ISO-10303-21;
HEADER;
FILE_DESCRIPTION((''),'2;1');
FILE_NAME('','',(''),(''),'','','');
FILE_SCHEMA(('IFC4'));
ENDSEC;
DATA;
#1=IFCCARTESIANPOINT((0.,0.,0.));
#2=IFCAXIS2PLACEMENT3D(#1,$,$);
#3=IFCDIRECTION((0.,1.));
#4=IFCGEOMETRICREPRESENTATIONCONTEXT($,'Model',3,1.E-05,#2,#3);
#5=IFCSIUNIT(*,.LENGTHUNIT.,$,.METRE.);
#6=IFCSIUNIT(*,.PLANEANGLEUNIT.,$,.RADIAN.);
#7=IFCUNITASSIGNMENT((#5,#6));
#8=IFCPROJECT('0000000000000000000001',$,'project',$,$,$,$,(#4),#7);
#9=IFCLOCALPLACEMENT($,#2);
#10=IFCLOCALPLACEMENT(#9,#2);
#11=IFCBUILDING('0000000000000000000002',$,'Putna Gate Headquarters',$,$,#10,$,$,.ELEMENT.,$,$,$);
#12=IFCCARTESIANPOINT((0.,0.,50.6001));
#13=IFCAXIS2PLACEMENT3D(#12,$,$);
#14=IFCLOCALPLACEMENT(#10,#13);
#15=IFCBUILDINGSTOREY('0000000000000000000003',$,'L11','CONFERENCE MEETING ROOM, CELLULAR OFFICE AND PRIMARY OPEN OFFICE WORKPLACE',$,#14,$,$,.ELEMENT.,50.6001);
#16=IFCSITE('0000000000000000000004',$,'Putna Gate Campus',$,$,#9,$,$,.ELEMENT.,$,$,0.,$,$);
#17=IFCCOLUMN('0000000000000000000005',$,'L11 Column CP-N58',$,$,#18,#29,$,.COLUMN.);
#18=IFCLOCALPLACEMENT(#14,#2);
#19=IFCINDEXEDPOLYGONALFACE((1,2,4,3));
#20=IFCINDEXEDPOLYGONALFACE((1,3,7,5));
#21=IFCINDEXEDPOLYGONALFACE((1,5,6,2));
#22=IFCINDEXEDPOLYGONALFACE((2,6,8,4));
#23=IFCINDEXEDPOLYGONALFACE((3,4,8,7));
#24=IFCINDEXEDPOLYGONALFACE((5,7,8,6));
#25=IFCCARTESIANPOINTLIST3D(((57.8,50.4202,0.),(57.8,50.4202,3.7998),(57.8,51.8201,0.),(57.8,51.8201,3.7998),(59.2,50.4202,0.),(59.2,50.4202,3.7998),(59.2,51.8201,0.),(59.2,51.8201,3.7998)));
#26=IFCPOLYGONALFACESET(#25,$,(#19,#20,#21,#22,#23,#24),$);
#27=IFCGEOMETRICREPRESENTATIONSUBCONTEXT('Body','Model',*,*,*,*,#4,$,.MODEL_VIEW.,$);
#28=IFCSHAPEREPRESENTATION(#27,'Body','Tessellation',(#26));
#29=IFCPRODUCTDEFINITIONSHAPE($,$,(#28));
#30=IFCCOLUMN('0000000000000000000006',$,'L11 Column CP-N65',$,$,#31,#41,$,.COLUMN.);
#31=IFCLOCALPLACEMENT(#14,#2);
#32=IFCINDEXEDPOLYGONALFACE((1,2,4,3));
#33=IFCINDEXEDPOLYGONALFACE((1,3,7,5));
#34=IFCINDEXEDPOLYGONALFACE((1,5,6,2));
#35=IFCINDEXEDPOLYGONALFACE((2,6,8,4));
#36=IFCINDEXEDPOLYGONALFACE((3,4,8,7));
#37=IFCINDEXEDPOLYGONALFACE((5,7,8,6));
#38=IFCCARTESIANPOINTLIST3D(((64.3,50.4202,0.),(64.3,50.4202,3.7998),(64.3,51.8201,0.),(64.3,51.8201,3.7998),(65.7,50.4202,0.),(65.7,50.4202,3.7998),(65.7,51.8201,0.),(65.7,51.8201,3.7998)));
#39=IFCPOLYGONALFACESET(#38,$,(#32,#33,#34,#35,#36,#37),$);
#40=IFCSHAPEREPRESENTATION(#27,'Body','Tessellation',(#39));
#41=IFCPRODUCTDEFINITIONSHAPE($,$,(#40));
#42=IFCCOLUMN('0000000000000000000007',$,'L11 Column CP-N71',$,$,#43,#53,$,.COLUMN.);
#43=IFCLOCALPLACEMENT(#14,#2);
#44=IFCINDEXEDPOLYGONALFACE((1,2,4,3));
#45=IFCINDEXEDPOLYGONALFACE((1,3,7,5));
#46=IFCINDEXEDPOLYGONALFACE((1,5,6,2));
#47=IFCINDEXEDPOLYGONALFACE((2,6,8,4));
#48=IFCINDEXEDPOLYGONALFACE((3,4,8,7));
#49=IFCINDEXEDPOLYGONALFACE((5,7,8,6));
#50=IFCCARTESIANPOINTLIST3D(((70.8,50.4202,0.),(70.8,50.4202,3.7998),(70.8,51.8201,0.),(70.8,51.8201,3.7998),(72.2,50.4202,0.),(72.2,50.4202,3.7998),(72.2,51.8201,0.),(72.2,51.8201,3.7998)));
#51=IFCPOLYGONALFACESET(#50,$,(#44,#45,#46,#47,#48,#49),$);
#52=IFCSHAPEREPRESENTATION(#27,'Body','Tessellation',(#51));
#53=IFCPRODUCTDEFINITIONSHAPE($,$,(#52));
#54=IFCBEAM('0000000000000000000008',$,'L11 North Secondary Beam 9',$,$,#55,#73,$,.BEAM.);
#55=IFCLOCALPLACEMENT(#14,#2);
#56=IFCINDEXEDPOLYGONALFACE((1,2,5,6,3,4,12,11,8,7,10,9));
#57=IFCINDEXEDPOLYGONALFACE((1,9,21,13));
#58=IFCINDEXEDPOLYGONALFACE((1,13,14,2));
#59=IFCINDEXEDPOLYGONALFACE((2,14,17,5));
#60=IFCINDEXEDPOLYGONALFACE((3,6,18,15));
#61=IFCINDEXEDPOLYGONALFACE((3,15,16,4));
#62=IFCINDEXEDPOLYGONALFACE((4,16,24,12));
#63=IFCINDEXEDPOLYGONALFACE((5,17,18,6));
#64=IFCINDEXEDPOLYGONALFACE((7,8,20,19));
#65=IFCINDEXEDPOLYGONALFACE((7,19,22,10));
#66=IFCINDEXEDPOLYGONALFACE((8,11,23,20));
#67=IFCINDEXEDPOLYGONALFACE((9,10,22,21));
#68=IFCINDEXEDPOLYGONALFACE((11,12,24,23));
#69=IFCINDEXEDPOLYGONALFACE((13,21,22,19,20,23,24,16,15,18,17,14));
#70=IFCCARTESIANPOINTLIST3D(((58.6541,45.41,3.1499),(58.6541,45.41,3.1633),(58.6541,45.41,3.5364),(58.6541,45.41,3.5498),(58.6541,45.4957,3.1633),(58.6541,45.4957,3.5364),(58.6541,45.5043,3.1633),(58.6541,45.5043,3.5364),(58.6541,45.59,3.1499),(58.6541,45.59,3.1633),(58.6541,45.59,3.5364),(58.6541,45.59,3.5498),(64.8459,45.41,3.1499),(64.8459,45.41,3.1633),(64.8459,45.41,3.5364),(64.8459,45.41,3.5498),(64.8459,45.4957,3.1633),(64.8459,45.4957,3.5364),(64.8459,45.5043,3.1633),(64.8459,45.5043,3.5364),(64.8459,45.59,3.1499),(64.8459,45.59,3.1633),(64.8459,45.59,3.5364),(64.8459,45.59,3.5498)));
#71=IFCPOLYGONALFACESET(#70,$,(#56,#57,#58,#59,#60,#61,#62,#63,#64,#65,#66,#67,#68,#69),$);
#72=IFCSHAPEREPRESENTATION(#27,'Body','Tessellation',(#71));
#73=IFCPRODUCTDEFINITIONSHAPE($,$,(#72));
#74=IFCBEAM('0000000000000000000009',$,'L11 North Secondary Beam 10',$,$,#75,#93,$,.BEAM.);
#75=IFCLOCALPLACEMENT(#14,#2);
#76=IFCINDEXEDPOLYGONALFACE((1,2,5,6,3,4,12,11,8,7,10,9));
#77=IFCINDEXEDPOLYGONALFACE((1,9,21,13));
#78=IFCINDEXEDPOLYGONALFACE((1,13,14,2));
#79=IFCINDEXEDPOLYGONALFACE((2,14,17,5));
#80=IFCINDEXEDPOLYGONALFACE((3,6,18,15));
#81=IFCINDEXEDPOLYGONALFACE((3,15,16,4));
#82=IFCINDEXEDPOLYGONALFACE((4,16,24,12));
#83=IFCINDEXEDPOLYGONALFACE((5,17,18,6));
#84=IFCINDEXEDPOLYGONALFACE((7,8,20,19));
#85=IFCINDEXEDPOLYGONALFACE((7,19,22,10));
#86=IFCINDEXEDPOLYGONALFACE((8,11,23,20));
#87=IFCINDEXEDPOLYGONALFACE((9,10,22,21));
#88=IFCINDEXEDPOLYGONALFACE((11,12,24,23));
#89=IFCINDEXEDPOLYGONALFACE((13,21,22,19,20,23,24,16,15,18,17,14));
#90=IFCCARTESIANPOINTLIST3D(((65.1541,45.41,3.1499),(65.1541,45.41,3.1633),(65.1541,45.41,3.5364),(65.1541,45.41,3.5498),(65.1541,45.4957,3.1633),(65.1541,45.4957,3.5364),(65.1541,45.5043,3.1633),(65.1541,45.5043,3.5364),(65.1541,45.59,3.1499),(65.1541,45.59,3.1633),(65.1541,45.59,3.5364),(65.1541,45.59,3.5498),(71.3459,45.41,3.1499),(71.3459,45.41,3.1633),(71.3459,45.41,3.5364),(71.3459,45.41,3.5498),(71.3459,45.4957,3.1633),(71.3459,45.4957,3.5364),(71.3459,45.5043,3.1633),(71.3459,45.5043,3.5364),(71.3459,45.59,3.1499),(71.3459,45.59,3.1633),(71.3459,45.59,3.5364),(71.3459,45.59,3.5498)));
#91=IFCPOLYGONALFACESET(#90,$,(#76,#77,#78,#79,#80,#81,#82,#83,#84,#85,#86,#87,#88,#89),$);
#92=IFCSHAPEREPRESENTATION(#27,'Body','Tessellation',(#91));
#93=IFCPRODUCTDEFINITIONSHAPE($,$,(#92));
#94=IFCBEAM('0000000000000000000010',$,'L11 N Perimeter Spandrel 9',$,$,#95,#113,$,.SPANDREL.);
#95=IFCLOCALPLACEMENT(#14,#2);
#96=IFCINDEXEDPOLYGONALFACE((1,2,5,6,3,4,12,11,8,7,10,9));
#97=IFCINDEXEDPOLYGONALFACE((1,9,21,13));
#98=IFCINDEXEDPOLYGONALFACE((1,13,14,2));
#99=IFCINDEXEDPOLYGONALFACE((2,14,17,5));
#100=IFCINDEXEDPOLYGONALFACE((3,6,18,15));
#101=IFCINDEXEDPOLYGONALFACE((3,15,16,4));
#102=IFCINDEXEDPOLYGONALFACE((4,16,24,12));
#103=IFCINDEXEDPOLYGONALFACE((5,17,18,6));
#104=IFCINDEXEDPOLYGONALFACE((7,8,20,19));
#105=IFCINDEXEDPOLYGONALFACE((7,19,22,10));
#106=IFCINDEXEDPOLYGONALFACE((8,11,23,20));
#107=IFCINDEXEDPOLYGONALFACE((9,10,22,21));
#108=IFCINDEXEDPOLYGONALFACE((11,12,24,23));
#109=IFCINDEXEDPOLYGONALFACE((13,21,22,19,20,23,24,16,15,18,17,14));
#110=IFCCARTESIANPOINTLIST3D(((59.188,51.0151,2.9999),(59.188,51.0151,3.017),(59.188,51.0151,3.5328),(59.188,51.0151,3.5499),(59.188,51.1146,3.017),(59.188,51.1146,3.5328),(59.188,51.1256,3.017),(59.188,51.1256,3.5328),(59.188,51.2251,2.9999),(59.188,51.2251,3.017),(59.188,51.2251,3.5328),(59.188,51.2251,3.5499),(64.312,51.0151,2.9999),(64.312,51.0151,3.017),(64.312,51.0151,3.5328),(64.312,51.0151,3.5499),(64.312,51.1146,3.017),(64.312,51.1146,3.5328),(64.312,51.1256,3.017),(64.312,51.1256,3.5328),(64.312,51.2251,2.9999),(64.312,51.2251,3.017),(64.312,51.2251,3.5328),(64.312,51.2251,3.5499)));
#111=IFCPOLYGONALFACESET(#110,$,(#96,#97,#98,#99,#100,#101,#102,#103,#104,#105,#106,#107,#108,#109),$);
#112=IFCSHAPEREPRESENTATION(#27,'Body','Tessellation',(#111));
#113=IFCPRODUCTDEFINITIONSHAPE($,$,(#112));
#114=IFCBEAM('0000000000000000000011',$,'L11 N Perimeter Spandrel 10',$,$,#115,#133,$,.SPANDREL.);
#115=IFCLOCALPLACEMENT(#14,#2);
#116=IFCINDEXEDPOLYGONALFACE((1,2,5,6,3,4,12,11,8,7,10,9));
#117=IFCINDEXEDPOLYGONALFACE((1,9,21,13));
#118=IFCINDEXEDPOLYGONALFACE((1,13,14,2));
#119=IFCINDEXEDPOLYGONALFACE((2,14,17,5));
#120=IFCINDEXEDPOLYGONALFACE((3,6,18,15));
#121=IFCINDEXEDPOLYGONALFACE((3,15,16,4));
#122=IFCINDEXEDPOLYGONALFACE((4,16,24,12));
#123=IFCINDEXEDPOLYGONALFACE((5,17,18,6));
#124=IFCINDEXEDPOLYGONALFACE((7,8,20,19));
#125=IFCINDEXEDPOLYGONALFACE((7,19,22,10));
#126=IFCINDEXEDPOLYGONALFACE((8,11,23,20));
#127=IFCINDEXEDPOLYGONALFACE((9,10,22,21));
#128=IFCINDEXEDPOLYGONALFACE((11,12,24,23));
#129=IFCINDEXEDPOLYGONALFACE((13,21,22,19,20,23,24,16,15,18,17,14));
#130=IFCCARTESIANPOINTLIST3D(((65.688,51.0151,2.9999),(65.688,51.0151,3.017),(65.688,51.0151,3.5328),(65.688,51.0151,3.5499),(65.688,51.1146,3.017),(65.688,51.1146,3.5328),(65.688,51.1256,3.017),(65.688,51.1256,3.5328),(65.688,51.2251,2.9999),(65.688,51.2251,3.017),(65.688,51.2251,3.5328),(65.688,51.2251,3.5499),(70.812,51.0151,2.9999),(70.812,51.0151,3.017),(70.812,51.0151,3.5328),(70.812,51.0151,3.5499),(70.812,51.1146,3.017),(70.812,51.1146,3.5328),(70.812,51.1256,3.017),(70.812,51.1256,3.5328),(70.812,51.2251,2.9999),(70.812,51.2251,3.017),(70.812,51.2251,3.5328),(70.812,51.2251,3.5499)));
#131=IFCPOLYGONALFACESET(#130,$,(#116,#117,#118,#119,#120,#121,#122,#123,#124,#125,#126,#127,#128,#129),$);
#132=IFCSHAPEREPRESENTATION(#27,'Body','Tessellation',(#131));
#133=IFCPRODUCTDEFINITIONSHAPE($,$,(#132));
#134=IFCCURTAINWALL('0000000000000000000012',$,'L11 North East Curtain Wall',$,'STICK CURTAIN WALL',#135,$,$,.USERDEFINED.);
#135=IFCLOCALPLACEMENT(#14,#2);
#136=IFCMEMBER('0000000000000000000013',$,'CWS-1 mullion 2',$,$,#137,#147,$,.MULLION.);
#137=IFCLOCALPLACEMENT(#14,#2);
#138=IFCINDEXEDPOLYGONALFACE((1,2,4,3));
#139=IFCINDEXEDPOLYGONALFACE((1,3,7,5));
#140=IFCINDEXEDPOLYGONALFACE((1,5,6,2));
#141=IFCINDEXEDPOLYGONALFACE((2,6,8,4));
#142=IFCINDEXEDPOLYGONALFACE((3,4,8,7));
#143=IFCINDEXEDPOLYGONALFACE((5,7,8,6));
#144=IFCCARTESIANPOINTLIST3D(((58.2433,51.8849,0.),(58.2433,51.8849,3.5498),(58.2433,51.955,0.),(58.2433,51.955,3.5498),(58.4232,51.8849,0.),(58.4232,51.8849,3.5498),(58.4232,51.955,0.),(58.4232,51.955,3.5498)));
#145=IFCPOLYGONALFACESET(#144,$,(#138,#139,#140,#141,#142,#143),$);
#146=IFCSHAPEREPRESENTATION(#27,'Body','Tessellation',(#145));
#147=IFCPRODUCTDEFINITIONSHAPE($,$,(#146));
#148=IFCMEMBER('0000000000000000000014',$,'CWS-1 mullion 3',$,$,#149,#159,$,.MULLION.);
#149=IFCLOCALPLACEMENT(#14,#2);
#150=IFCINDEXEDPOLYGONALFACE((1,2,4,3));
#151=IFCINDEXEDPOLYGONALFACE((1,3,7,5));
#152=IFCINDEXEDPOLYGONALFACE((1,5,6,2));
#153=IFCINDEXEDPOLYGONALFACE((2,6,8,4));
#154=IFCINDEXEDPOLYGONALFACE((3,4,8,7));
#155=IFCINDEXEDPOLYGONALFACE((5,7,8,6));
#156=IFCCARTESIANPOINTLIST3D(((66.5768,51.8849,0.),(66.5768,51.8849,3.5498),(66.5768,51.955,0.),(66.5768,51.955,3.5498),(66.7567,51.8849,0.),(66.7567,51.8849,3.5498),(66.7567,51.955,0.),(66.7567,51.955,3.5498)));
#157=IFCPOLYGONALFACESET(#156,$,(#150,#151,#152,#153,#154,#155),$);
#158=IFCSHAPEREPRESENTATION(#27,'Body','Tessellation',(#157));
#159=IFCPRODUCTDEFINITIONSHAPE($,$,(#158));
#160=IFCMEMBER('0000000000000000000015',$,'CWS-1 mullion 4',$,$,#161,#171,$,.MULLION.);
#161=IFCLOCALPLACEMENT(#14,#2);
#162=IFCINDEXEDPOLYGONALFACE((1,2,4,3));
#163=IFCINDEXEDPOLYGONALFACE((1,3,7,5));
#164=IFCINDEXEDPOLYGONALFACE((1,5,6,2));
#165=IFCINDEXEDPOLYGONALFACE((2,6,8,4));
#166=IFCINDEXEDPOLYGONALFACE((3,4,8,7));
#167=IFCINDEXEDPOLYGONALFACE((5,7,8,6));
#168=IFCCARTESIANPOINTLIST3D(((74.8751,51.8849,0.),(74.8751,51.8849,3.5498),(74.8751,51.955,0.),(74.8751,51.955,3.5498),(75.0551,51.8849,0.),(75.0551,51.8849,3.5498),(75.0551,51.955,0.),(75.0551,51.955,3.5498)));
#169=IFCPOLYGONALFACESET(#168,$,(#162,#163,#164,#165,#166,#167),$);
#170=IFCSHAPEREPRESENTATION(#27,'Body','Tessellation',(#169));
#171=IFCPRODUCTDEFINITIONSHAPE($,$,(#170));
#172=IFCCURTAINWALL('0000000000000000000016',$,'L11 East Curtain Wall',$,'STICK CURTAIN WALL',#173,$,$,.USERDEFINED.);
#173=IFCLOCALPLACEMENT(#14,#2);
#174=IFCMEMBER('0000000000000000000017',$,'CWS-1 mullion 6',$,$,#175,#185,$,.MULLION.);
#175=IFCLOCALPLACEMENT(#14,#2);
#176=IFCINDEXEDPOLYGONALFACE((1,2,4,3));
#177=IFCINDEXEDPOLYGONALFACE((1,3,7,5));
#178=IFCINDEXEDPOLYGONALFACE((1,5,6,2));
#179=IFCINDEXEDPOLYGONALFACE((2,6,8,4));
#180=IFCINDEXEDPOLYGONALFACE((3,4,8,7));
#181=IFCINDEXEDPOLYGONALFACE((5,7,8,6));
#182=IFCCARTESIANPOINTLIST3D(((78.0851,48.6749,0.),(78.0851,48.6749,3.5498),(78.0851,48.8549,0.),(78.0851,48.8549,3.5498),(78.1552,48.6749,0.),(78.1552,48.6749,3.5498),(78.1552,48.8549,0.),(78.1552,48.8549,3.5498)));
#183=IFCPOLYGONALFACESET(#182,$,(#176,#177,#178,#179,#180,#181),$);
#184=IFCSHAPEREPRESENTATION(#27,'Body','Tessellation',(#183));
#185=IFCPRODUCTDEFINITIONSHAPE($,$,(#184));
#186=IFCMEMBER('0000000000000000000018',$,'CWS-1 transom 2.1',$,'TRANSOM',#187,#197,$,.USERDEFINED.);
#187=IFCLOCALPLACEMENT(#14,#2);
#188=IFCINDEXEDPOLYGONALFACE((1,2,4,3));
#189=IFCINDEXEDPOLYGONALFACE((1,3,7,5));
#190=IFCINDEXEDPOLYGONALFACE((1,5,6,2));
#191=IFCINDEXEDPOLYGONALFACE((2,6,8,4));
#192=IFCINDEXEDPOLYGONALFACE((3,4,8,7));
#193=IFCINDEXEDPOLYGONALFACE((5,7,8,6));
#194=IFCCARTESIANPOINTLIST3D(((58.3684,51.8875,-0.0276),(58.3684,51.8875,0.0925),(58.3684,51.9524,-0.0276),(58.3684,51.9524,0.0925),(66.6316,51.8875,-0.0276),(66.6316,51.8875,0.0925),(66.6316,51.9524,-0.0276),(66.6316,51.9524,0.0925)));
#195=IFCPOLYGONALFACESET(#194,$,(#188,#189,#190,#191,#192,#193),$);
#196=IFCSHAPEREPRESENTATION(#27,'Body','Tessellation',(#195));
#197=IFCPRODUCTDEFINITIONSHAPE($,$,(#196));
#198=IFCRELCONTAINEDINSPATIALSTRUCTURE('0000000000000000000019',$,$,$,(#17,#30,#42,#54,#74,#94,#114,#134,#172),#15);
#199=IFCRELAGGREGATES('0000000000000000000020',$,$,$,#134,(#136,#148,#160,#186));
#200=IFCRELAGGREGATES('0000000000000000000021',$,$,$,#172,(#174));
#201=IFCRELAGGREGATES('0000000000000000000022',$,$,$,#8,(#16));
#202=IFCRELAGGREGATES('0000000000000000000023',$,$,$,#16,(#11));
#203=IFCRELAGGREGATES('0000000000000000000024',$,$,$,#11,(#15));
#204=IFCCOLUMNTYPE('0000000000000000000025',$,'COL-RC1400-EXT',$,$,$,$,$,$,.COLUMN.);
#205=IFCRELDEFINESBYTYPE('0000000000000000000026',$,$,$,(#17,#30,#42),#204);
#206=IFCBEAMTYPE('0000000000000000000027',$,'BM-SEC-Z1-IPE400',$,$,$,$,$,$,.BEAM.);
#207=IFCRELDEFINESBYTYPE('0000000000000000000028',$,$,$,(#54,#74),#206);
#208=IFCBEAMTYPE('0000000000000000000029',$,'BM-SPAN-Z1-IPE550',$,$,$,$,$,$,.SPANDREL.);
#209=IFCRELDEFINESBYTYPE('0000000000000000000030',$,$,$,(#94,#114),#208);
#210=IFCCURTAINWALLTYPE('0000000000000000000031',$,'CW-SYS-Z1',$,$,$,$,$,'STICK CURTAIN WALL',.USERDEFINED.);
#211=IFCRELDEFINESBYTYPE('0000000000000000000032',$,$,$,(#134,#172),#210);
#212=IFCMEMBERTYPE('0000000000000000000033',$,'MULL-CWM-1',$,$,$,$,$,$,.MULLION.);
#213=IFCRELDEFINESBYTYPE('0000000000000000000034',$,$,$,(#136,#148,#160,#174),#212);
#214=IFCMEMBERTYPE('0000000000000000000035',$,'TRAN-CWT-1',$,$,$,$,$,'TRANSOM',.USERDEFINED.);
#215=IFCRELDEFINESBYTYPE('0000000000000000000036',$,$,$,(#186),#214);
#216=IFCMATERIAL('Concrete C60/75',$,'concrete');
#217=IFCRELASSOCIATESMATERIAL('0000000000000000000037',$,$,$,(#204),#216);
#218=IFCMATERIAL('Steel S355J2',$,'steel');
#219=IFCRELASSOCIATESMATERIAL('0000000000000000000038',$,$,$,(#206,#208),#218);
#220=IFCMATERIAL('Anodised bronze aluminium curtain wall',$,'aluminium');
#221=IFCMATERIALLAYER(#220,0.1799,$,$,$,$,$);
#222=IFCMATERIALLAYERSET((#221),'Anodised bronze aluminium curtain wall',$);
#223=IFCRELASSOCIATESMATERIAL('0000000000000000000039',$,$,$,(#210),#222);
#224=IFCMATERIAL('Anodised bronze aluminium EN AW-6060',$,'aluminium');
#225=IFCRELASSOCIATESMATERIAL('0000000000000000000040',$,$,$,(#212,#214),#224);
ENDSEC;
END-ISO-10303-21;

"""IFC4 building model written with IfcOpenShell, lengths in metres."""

from ifc_helpers import new_model, si_unit, direction, frame, origin, origin_2d, place, context, subcontext, project, spatial, rectangle, i_section, extrude, material, layer, layer_set, material_profile, profile_set, type_object, element, aggregate, save


model = new_model("IFC4")

# Units and contexts
model_context = context("Model", 3, precision=1e-05, world=origin(), true_north=direction((0.0, 1.0)))
body_context = subcontext(model_context, "Body", "Model", "MODEL_VIEW")
ifc_project = project(units=[si_unit("LENGTHUNIT", "METRE"), si_unit("PLANEANGLEUNIT", "RADIAN")], contexts=[model_context])

# Site, building, storey
site_placement = place(None, origin())
site = spatial("IfcSite", under=ifc_project, at=site_placement, Name="Putna Gate Campus", CompositionType="ELEMENT", RefElevation=0.0)
building_placement = place(site_placement, origin())
building = spatial("IfcBuilding", under=site, at=building_placement, Name="Putna Gate Headquarters", CompositionType="ELEMENT")
storey_placement = place(building_placement, frame((0.0, 0.0, 50.6001)))
storey = spatial("IfcBuildingStorey", under=building, at=storey_placement, Name="L11", Description="CONFERENCE MEETING ROOM, CELLULAR OFFICE AND PRIMARY OPEN OFFICE WORKPLACE", CompositionType="ELEMENT", Elevation=50.6001)

# Columns
ifc_material_1 = material(Name="Concrete C60/75", Category="concrete")
ifc_material_profile_1 = material_profile(ifc_material_1, rectangle(XDim=1.3999, YDim=1.3999, at=origin_2d()), Name="Concrete C60/75")
ifc_profile_set_1 = profile_set([ifc_material_profile_1], Name="Concrete C60/75")
column_type = type_object("IfcColumnType", Name="COL-RC1400-EXT", PredefinedType="COLUMN", material=ifc_profile_set_1)
for number, where, z_axis, x_axis, name in (
    (1, (58.5, 51.1201, 0.0), (0.0, 0.0, 1.0), (1.0, 0.0, 0.0), "L11 Column CP-N58"),
    (2, (65.0, 51.1201, 0.0), (0.0, 0.0, 1.0), (1.0, 0.0, 0.0), "L11 Column CP-N65"),
    (3, (71.5, 51.1201, 0.0), (0.0, 0.0, 1.0), (1.0, 0.0, 0.0), "L11 Column CP-N71"),
):
    element("IfcColumn", number, at=place(storey_placement, frame(where, z_axis=z_axis, x_axis=x_axis)), inside=storey, type_object=column_type, Name=name, PredefinedType="COLUMN", context=body_context, shape_type="SweptSolid", body=[
        extrude(rectangle(XDim=1.3999, YDim=1.3999, at=origin_2d()), origin(), (0.0, 0.0, 1.0), 3.7998),
    ])

# Beams
ifc_material_2 = material(Name="Steel S355J2", Category="steel")
ifc_material_profile_2 = material_profile(ifc_material_2, i_section(OverallWidth=0.1799, OverallDepth=0.3999, WebThickness=0.0085, FlangeThickness=0.0134, at=origin_2d()), Name="Steel S355J2")
ifc_profile_set_2 = profile_set([ifc_material_profile_2], Name="Steel S355J2")
beam_type_1 = type_object("IfcBeamType", Name="BM-SEC-Z1-IPE400", PredefinedType="BEAM", material=ifc_profile_set_2)
for number, where, z_axis, x_axis, name in (
    (4, (58.6541, 45.5, 3.3499), (1.0, 0.0, 0.0), (0.0, 1.0, 0.0), "L11 North Secondary Beam 9"),
    (5, (65.1541, 45.5, 3.3499), (1.0, 0.0, 0.0), (0.0, 1.0, 0.0), "L11 North Secondary Beam 10"),
):
    element("IfcBeam", number, at=place(storey_placement, frame(where, z_axis=z_axis, x_axis=x_axis)), inside=storey, type_object=beam_type_1, Name=name, PredefinedType="BEAM", context=body_context, shape_type="SweptSolid", body=[
        extrude(i_section(OverallWidth=0.1799, OverallDepth=0.3999, WebThickness=0.0085, FlangeThickness=0.0134, at=origin_2d()), origin(), (0.0, 0.0, 1.0), 6.1919),
    ])
ifc_material_profile_3 = material_profile(ifc_material_2, i_section(OverallWidth=0.21, OverallDepth=0.55, WebThickness=0.011, FlangeThickness=0.0171, at=origin_2d()), Name="Steel S355J2")
ifc_profile_set_3 = profile_set([ifc_material_profile_3], Name="Steel S355J2")
beam_type_2 = type_object("IfcBeamType", Name="BM-SPAN-Z1-IPE550", PredefinedType="SPANDREL", material=ifc_profile_set_3)
for number, where, z_axis, x_axis, name in (
    (6, (59.188, 51.1201, 3.2749), (1.0, 0.0, 0.0), (0.0, 1.0, 0.0), "L11 N Perimeter Spandrel 9"),
    (7, (65.688, 51.1201, 3.2749), (1.0, 0.0, 0.0), (0.0, 1.0, 0.0), "L11 N Perimeter Spandrel 10"),
):
    element("IfcBeam", number, at=place(storey_placement, frame(where, z_axis=z_axis, x_axis=x_axis)), inside=storey, type_object=beam_type_2, Name=name, PredefinedType="SPANDREL", context=body_context, shape_type="SweptSolid", body=[
        extrude(i_section(OverallWidth=0.21, OverallDepth=0.55, WebThickness=0.011, FlangeThickness=0.0171, at=origin_2d()), origin(), (0.0, 0.0, 1.0), 5.124),
    ])

# Curtain wall, members
ifc_material_3 = material(Name="Anodised bronze aluminium curtain wall", Category="aluminium")
ifc_layer_1 = layer(ifc_material_3, 0.1799)
ifc_layer_set_1 = layer_set([ifc_layer_1], Name="Anodised bronze aluminium curtain wall")
curtain_wall_type = type_object("IfcCurtainWallType", Name="CW-SYS-Z1", ElementType="STICK CURTAIN WALL", PredefinedType="USERDEFINED", material=ifc_layer_set_1)
curtain_wall_1_placement = place(storey_placement, origin())
curtain_wall_1 = element("IfcCurtainWall", 8, at=curtain_wall_1_placement, inside=storey, type_object=curtain_wall_type, Name="L11 North East Curtain Wall", ObjectType="STICK CURTAIN WALL", PredefinedType="USERDEFINED")
ifc_material_4 = material(Name="Anodised bronze aluminium EN AW-6060", Category="aluminium")
ifc_material_profile_4 = material_profile(ifc_material_4, rectangle(XDim=0.0701, YDim=0.1799, at=origin_2d()), Name="Anodised bronze aluminium EN AW-6060")
ifc_profile_set_4 = profile_set([ifc_material_profile_4], Name="Anodised bronze aluminium EN AW-6060")
member_type_1 = type_object("IfcMemberType", Name="MULL-CWM-1", PredefinedType="MULLION", material=ifc_profile_set_4)
member_1_placement = place(storey_placement, frame((58.3333, 51.9199, 0.0), z_axis=(0.0, 0.0, 1.0), x_axis=(0.0, 1.0, 0.0)))
member_1 = element("IfcMember", 9, at=member_1_placement, type_object=member_type_1, Name="CWS-1 mullion 2", PredefinedType="MULLION", context=body_context, shape_type="SweptSolid", body=[
    extrude(rectangle(XDim=0.0701, YDim=0.1799, at=origin_2d()), origin(), (0.0, 0.0, 1.0), 3.5498),
])
member_2_placement = place(storey_placement, frame((66.6667, 51.9199, 0.0), z_axis=(0.0, 0.0, 1.0), x_axis=(0.0, 1.0, 0.0)))
member_2 = element("IfcMember", 10, at=member_2_placement, type_object=member_type_1, Name="CWS-1 mullion 3", PredefinedType="MULLION", context=body_context, shape_type="SweptSolid", body=[
    extrude(rectangle(XDim=0.0701, YDim=0.1799, at=origin_2d()), origin(), (0.0, 0.0, 1.0), 3.5498),
])
member_3_placement = place(storey_placement, frame((74.9651, 51.9199, 0.0), z_axis=(0.0, 0.0, 1.0), x_axis=(0.0, 1.0, 0.0)))
member_3 = element("IfcMember", 11, at=member_3_placement, type_object=member_type_1, Name="CWS-1 mullion 4", PredefinedType="MULLION", context=body_context, shape_type="SweptSolid", body=[
    extrude(rectangle(XDim=0.0701, YDim=0.1799, at=origin_2d()), origin(), (0.0, 0.0, 1.0), 3.5498),
])

# Curtain wall, member
curtain_wall_2_placement = place(storey_placement, origin())
curtain_wall_2 = element("IfcCurtainWall", 12, at=curtain_wall_2_placement, inside=storey, type_object=curtain_wall_type, Name="L11 East Curtain Wall", ObjectType="STICK CURTAIN WALL", PredefinedType="USERDEFINED")
member_4_placement = place(storey_placement, frame((78.1201, 48.7649, 0.0), z_axis=(0.0, 0.0, 1.0), x_axis=(-1.0, 0.0, 0.0)))
member_4 = element("IfcMember", 13, at=member_4_placement, type_object=member_type_1, Name="CWS-1 mullion 6", PredefinedType="MULLION", context=body_context, shape_type="SweptSolid", body=[
    extrude(rectangle(XDim=0.0701, YDim=0.1799, at=origin_2d()), origin(), (0.0, 0.0, 1.0), 3.5498),
])

# Member
ifc_material_profile_5 = material_profile(ifc_material_4, rectangle(XDim=0.0649, YDim=0.1201, at=origin_2d()), Name="Anodised bronze aluminium EN AW-6060")
ifc_profile_set_5 = profile_set([ifc_material_profile_5], Name="Anodised bronze aluminium EN AW-6060")
member_type_2 = type_object("IfcMemberType", Name="TRAN-CWT-1", ElementType="TRANSOM", PredefinedType="USERDEFINED", material=ifc_profile_set_5)
member_5_placement = place(storey_placement, frame((58.3684, 51.9199, 0.0325), z_axis=(1.0, 0.0, 0.0), x_axis=(0.0, 1.0, 0.0)))
member_5 = element("IfcMember", 14, at=member_5_placement, type_object=member_type_2, Name="CWS-1 transom 2.1", ObjectType="TRANSOM", PredefinedType="USERDEFINED", context=body_context, shape_type="SweptSolid", body=[
    extrude(rectangle(XDim=0.0649, YDim=0.1201, at=origin_2d()), origin(), (0.0, 0.0, 1.0), 8.2632),
])

aggregate(curtain_wall_1, [member_1, member_2, member_3, member_5])
aggregate(curtain_wall_2, [member_4])

save(model, "model.ifc")
